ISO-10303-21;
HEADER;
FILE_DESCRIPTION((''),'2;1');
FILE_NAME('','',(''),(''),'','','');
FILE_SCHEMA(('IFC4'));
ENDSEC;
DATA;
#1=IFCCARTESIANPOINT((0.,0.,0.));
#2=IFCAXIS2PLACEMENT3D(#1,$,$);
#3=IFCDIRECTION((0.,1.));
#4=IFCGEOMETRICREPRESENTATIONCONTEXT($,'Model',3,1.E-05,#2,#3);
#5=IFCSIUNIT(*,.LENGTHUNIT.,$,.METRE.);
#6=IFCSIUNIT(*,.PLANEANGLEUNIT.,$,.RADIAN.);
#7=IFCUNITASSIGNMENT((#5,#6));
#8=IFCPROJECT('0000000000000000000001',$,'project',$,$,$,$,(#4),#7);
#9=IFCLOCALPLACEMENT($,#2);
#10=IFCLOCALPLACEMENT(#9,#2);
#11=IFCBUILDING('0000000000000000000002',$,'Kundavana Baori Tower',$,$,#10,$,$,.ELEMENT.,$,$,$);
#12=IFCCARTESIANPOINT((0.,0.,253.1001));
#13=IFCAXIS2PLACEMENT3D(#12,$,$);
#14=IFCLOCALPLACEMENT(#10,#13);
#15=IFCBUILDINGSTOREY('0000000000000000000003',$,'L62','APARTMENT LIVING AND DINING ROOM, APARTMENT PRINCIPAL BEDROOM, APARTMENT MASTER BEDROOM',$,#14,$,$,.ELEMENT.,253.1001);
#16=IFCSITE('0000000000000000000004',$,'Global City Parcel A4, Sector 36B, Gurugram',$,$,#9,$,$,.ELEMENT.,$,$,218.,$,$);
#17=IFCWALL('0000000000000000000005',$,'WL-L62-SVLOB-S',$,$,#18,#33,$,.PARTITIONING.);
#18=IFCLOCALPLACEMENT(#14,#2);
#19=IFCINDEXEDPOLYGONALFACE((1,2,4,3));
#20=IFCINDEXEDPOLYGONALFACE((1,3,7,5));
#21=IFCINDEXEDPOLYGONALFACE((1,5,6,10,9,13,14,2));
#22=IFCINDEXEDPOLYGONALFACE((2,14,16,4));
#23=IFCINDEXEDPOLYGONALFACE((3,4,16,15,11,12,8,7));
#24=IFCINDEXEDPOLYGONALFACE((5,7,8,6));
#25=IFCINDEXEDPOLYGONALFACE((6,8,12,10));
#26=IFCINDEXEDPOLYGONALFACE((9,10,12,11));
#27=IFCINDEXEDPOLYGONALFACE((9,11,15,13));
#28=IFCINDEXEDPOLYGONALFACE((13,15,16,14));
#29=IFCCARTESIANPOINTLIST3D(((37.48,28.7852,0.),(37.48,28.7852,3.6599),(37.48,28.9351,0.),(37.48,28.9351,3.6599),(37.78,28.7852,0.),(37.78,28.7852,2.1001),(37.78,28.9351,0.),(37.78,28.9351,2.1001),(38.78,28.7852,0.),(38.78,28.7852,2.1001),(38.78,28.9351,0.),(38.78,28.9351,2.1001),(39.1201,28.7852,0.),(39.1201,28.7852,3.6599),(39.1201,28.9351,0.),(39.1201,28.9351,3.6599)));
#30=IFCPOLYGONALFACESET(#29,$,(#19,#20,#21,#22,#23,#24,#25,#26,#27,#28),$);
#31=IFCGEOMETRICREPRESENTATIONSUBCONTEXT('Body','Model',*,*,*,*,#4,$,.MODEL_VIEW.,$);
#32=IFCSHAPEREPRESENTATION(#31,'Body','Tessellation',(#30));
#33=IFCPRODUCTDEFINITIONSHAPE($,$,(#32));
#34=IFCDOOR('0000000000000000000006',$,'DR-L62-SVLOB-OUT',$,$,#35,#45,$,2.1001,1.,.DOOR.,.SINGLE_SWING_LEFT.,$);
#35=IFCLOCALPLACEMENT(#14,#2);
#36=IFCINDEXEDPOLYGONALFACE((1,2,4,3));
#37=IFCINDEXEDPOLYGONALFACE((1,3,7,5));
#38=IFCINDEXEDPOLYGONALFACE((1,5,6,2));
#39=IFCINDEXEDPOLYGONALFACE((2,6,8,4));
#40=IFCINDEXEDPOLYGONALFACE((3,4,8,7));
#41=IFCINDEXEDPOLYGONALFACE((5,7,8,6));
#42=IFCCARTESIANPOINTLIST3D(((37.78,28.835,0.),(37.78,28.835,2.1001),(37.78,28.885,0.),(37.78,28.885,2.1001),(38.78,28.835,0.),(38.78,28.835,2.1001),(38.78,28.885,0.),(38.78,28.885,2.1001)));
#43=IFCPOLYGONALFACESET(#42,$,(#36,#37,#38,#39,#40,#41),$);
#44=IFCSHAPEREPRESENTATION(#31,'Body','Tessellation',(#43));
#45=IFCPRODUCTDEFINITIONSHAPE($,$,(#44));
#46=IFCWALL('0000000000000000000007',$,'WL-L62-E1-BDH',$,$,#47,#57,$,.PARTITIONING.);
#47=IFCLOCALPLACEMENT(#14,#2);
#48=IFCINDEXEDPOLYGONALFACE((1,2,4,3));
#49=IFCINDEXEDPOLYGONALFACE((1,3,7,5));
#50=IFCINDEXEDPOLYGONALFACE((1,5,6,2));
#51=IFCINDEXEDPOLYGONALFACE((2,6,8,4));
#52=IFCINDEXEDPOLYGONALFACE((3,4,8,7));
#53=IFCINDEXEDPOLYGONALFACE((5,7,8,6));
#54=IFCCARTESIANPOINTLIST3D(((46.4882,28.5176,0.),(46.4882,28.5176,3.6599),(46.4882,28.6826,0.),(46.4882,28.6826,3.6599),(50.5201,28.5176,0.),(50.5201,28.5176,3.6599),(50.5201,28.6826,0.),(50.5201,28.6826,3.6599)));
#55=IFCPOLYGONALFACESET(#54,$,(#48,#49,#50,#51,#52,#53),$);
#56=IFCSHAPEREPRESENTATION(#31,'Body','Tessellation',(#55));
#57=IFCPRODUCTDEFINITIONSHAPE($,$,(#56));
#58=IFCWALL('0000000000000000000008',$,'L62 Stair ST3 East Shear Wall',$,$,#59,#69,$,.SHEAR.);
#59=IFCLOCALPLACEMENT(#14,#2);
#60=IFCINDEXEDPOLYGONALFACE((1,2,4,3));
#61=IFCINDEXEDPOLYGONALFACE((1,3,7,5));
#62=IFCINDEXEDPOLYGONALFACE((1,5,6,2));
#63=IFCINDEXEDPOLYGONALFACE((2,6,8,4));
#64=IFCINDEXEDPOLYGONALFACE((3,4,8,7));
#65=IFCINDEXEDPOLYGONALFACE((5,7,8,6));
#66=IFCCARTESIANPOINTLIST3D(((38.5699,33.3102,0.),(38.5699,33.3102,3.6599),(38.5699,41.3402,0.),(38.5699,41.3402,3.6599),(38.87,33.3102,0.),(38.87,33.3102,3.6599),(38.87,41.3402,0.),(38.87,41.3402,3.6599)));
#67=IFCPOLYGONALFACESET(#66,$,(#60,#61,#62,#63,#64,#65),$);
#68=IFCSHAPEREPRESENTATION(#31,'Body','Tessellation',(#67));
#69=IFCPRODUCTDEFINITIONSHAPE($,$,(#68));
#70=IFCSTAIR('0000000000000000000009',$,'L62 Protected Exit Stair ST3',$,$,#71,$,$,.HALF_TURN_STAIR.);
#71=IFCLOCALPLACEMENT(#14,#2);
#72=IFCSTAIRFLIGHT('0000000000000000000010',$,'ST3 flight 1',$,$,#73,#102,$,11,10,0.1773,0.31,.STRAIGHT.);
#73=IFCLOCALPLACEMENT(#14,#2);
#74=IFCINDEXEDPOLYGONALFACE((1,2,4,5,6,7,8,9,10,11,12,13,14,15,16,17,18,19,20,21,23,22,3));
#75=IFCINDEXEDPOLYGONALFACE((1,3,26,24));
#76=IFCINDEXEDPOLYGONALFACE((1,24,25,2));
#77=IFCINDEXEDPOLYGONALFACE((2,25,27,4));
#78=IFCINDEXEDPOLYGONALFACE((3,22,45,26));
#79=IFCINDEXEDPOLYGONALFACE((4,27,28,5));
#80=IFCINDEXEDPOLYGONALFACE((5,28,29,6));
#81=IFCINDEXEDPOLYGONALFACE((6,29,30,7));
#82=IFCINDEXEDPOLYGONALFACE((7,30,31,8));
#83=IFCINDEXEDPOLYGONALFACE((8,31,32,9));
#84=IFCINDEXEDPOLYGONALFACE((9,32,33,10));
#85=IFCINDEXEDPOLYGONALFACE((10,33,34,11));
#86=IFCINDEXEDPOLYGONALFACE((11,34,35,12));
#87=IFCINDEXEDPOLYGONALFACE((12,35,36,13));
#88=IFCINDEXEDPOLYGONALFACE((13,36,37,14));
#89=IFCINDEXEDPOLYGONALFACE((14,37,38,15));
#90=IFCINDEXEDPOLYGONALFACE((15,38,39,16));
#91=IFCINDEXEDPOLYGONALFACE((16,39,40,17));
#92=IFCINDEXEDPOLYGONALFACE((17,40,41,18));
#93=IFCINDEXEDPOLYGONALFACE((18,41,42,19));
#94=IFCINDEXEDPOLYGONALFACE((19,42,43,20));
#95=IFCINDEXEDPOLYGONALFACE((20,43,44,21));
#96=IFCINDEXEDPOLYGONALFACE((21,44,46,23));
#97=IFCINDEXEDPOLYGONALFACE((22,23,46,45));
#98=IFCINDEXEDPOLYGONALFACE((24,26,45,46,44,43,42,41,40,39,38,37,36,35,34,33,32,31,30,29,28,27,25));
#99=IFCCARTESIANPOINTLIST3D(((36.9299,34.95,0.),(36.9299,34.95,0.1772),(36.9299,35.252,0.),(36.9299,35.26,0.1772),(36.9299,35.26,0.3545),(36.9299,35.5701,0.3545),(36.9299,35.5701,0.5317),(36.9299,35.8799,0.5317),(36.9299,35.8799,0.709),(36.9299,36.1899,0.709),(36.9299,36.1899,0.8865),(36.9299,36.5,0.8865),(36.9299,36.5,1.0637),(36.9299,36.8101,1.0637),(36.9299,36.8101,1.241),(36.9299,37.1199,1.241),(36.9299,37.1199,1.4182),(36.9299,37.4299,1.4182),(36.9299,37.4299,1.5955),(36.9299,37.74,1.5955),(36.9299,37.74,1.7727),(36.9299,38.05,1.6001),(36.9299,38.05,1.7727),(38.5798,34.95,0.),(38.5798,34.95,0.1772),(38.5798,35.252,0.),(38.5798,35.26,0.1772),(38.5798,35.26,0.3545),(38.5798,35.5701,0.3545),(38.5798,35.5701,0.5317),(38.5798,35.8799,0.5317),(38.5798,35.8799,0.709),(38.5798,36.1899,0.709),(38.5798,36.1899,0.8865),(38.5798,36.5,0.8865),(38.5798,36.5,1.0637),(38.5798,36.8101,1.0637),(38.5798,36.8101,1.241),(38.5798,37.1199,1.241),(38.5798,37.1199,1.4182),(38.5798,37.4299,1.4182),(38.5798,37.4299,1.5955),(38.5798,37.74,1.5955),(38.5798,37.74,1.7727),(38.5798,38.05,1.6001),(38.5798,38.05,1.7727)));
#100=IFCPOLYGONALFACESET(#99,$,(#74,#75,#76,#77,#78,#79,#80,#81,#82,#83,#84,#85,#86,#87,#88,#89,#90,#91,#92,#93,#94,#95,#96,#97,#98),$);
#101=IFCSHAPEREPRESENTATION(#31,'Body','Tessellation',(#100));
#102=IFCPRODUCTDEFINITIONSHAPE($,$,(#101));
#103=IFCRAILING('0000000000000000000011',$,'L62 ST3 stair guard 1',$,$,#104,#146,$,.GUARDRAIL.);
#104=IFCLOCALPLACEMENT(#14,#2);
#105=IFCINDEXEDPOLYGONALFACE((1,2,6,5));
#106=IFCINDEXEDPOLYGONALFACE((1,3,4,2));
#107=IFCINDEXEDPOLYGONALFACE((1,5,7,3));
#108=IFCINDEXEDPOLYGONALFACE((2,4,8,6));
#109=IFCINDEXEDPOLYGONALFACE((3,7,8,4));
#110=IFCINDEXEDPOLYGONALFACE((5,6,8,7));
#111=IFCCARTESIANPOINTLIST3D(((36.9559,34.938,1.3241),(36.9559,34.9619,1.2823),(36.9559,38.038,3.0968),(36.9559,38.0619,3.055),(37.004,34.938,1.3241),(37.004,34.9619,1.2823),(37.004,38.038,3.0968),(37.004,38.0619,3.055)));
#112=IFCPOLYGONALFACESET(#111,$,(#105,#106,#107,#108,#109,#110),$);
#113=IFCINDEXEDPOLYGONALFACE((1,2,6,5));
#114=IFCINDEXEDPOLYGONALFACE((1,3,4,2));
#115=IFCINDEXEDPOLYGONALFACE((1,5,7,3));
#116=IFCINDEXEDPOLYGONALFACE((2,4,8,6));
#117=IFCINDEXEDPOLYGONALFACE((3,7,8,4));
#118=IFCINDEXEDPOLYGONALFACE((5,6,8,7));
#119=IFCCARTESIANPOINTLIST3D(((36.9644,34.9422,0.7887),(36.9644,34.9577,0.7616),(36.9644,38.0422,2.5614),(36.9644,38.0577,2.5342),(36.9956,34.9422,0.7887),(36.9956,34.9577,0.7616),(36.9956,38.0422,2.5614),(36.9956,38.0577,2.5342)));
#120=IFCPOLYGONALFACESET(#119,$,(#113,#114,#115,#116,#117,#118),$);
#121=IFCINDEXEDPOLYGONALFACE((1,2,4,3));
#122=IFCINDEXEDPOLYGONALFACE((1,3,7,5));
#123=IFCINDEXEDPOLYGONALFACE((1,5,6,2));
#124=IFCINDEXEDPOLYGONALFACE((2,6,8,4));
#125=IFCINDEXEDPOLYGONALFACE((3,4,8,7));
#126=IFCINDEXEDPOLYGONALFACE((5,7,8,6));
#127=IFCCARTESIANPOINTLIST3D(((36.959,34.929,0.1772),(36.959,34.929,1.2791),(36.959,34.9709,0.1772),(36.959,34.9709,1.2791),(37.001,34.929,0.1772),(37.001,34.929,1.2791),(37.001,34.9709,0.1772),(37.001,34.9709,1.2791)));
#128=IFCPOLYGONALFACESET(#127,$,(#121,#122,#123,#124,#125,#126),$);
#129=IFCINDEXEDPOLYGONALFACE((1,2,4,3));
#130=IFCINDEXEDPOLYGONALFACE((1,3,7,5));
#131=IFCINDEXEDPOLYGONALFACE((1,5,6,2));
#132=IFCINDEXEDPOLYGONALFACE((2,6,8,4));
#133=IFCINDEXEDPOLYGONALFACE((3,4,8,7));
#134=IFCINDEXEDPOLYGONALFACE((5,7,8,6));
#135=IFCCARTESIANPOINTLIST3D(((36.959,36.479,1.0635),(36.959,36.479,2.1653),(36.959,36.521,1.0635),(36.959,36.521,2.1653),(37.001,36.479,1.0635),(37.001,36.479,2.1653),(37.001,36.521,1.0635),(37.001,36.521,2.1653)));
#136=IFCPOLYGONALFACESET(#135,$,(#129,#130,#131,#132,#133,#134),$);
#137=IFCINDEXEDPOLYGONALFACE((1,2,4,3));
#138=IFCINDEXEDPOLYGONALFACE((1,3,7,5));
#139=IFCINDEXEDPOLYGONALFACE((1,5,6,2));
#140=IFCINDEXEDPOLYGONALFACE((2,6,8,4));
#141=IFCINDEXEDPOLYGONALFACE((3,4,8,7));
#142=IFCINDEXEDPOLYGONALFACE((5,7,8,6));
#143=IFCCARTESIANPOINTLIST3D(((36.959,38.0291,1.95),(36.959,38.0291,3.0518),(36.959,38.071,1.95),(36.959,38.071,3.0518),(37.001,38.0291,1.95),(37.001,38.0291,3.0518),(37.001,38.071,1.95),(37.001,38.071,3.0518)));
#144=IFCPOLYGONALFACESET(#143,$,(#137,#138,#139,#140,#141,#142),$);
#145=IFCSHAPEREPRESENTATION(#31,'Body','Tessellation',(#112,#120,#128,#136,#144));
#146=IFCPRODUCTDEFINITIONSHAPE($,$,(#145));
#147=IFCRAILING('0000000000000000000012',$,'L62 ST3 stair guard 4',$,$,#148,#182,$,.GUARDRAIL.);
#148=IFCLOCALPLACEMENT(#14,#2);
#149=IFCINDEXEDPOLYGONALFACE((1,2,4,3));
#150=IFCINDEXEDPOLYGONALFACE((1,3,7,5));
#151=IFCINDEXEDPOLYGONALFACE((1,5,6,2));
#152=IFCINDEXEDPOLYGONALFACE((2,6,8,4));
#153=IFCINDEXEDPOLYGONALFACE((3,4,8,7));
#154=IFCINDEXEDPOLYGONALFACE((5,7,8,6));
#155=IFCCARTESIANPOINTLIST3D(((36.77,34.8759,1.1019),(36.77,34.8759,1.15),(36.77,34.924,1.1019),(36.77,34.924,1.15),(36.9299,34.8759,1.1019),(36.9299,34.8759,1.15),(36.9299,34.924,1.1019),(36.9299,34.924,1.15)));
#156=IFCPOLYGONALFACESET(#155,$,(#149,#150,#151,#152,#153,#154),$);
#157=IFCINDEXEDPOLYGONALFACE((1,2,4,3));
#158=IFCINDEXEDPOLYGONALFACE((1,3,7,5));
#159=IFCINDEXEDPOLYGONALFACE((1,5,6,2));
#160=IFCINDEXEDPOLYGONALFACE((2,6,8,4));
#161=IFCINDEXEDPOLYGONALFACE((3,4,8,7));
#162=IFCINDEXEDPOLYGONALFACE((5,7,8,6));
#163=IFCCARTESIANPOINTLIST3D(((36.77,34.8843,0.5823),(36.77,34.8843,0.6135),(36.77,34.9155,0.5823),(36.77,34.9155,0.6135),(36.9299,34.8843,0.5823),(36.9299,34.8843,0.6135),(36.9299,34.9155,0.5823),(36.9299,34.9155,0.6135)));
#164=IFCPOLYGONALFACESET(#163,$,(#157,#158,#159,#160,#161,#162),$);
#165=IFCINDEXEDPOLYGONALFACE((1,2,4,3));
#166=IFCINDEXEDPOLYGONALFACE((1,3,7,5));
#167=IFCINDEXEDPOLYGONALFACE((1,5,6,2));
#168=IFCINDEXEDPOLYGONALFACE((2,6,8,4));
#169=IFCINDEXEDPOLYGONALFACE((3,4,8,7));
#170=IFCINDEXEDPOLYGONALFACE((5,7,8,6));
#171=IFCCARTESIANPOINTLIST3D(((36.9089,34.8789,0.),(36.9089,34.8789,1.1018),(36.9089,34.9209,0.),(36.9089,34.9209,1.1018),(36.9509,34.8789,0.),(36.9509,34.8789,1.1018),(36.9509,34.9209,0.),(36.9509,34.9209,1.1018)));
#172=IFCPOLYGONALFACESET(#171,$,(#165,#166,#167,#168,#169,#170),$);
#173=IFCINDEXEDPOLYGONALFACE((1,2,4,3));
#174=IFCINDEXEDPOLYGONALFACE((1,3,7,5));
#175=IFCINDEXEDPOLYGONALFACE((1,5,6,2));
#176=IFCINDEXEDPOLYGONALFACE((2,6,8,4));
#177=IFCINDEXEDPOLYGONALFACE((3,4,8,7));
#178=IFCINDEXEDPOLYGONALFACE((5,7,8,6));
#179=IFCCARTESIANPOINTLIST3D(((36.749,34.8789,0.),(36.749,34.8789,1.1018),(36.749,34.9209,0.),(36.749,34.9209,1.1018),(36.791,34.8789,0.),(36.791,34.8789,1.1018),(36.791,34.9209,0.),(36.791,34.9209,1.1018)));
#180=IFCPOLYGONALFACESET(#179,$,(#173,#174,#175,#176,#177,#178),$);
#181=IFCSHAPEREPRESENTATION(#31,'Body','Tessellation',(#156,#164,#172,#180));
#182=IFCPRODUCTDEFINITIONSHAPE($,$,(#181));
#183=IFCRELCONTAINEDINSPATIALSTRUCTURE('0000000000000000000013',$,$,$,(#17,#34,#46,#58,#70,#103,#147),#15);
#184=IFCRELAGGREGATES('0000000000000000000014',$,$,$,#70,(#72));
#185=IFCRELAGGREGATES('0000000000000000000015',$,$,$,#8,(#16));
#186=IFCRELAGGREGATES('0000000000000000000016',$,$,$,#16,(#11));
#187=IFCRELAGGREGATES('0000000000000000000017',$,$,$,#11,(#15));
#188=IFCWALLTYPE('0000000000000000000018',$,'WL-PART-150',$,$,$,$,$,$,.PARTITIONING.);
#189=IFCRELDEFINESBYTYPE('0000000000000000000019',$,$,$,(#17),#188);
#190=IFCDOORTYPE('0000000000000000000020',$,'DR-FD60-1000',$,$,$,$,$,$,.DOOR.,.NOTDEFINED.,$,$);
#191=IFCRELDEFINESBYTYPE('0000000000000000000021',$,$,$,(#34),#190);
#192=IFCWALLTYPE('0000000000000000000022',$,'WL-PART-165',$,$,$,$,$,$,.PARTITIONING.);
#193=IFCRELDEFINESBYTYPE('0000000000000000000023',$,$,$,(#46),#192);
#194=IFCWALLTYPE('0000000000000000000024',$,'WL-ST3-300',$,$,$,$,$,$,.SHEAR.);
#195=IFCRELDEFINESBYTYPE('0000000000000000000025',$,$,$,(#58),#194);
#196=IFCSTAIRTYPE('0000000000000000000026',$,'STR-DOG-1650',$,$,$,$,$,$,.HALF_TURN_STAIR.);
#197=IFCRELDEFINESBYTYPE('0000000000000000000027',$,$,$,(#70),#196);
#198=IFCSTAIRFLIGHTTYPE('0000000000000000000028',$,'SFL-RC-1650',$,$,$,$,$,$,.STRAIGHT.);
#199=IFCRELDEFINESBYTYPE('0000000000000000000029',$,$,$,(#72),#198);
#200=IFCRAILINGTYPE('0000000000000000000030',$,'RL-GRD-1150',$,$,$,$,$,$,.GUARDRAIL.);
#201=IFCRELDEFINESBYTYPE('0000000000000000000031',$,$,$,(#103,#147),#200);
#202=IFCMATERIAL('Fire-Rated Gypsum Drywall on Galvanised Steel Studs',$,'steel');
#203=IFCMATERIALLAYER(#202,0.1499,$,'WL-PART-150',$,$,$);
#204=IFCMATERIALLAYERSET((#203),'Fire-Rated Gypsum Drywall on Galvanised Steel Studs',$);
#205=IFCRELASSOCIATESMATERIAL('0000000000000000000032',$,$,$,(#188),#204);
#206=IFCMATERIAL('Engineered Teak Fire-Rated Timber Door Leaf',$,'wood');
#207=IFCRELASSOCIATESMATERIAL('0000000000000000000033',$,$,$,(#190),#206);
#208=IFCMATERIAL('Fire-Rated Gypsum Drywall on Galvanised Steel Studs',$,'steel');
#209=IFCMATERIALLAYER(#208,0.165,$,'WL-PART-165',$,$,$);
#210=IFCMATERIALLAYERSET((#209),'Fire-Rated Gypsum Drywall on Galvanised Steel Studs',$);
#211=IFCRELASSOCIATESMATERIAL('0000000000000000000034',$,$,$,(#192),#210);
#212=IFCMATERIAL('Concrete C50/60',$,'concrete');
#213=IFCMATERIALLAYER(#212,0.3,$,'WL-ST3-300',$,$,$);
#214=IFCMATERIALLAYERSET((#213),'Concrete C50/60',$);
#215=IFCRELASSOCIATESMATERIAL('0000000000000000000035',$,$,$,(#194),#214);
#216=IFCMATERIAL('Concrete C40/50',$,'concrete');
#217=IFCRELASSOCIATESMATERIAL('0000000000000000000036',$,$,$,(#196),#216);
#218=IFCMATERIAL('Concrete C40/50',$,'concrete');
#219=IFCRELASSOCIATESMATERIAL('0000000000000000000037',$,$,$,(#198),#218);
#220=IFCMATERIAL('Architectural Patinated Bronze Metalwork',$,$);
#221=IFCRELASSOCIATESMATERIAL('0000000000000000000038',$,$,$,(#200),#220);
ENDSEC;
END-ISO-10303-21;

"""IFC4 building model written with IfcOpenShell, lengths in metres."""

from ifc_helpers import new_model, si_unit, direction, frame, frame_2d, origin, origin_2d, place, context, subcontext, project, spatial, polyline, rectangle, outline, extrude, material, layer, layer_set, type_object, element, fill, aggregate, save


model = new_model("IFC4")

# Units and contexts
model_context = context("Model", 3, precision=1e-05, world=origin(), true_north=direction((0.0, 1.0)))
body_context = subcontext(model_context, "Body", "Model", "MODEL_VIEW")
ifc_project = project(units=[si_unit("LENGTHUNIT", "METRE"), si_unit("PLANEANGLEUNIT", "RADIAN")], contexts=[model_context])

# Site, building, storey
site_placement = place(None, origin())
site = spatial("IfcSite", under=ifc_project, at=site_placement, Name="Global City Parcel A4, Sector 36B, Gurugram", CompositionType="ELEMENT", RefElevation=218.0)
building_placement = place(site_placement, origin())
building = spatial("IfcBuilding", under=site, at=building_placement, Name="Kundavana Baori Tower", CompositionType="ELEMENT")
storey_placement = place(building_placement, frame((0.0, 0.0, 253.1001)))
storey = spatial("IfcBuildingStorey", under=building, at=storey_placement, Name="L62", Description="APARTMENT LIVING AND DINING ROOM, APARTMENT PRINCIPAL BEDROOM, APARTMENT MASTER BEDROOM", CompositionType="ELEMENT", Elevation=253.1001)

# Shared definitions
ifc_material_1 = material(Name="Fire-Rated Gypsum Drywall on Galvanised Steel Studs", Category="steel")
ifc_layer_1 = layer(ifc_material_1, 0.1499, Name="WL-PART-150")
ifc_layer_set_1 = layer_set([ifc_layer_1], Name="Fire-Rated Gypsum Drywall on Galvanised Steel Studs")
wall_type_1 = type_object("IfcWallType", Name="WL-PART-150", PredefinedType="PARTITIONING", material=ifc_layer_set_1)

# Wall, opening, door
wall_1_placement = place(storey_placement, frame((37.48, 28.8601, 0.0), z_axis=(0.0, 0.0, 1.0), x_axis=(1.0, 0.0, 0.0)))
wall_1 = element("IfcWall", 1, at=wall_1_placement, inside=storey, type_object=wall_type_1, Name="WL-L62-SVLOB-S", PredefinedType="PARTITIONING", context=body_context, shape_type="SweptSolid", body=[
    extrude(rectangle(XDim=1.6401, YDim=0.1499, at=frame_2d((0.8201, 0.0))), origin(), (0.0, 0.0, 1.0), 3.6599),
])
opening_1_placement = place(wall_1_placement, frame((0.3, 0.0, 0.0)))
opening_1 = element("IfcOpeningElement", 2, at=opening_1_placement, cuts=wall_1, PredefinedType="OPENING", context=body_context, shape_type="SweptSolid", body=[
    extrude(rectangle(XDim=1.0, YDim=2.1001, at=frame_2d((0.5, 1.05))), frame((0.0, 0.085, 0.0), z_axis=(0.0, -1.0, 0.0), x_axis=(1.0, 0.0, 0.0)), (0.0, 0.0, 1.0), 0.1699),
])
ifc_material_2 = material(Name="Engineered Teak Fire-Rated Timber Door Leaf", Category="wood")
door_type_1 = type_object("IfcDoorType", Name="DR-FD60-1000", OperationType="NOTDEFINED", PredefinedType="DOOR", material=ifc_material_2)
door_1_placement = place(opening_1_placement, origin())
door_1 = element("IfcDoor", 3, at=door_1_placement, inside=storey, type_object=door_type_1, Name="DR-L62-SVLOB-OUT", OperationType="SINGLE_SWING_LEFT", OverallHeight=2.1001, OverallWidth=1.0, PredefinedType="DOOR", context=body_context, shape_type="SweptSolid", body=[
    extrude(rectangle(XDim=1.0, YDim=2.1001, at=frame_2d((0.5, 1.05))), frame((0.0, 0.0249, 0.0), z_axis=(0.0, -1.0, 0.0), x_axis=(1.0, 0.0, 0.0)), (0.0, 0.0, 1.0), 0.05),
])
fill(opening_1, door_1)

# Wall
ifc_material_3 = material(Name="Fire-Rated Gypsum Drywall on Galvanised Steel Studs", Category="steel")
ifc_layer_2 = layer(ifc_material_3, 0.165, Name="WL-PART-165")
ifc_layer_set_2 = layer_set([ifc_layer_2], Name="Fire-Rated Gypsum Drywall on Galvanised Steel Studs")
wall_type_2 = type_object("IfcWallType", Name="WL-PART-165", PredefinedType="PARTITIONING", material=ifc_layer_set_2)
wall_2_placement = place(storey_placement, frame((46.488, 28.6001, 0.0), z_axis=(0.0, 0.0, 1.0), x_axis=(1.0, 0.0, 0.0)))
element("IfcWall", 4, at=wall_2_placement, inside=storey, type_object=wall_type_2, Name="WL-L62-E1-BDH", PredefinedType="PARTITIONING", context=body_context, shape_type="SweptSolid", body=[
    extrude(rectangle(XDim=4.032, YDim=0.165, at=frame_2d((2.0161, 0.0))), origin(), (0.0, 0.0, 1.0), 3.6599),
])

# Wall
ifc_material_4 = material(Name="Concrete C50/60", Category="concrete")
ifc_layer_3 = layer(ifc_material_4, 0.3, Name="WL-ST3-300")
ifc_layer_set_3 = layer_set([ifc_layer_3], Name="Concrete C50/60")
wall_type_3 = type_object("IfcWallType", Name="WL-ST3-300", PredefinedType="SHEAR", material=ifc_layer_set_3)
wall_3_placement = place(storey_placement, frame((38.72, 33.3101, 0.0), z_axis=(0.0, 0.0, 1.0), x_axis=(0.0, 1.0, 0.0)))
element("IfcWall", 5, at=wall_3_placement, inside=storey, type_object=wall_type_3, Name="L62 Stair ST3 East Shear Wall", PredefinedType="SHEAR", context=body_context, shape_type="SweptSolid", body=[
    extrude(rectangle(XDim=8.03, YDim=0.3, at=frame_2d((4.0151, 0.0))), origin(), (0.0, 0.0, 1.0), 3.6599),
])

# Stair, stair flight
ifc_material_5 = material(Name="Concrete C40/50", Category="concrete")
stair_type = type_object("IfcStairType", Name="STR-DOG-1650", PredefinedType="HALF_TURN_STAIR", material=ifc_material_5)
stair_placement = place(storey_placement, origin())
stair = element("IfcStair", 6, at=stair_placement, inside=storey, type_object=stair_type, Name="L62 Protected Exit Stair ST3", PredefinedType="HALF_TURN_STAIR")
ifc_material_6 = material(Name="Concrete C40/50", Category="concrete")
stair_flight_type = type_object("IfcStairFlightType", Name="SFL-RC-1650", PredefinedType="STRAIGHT", material=ifc_material_6)
stair_flight_placement = place(storey_placement, frame((37.7549, 34.95, 0.0), z_axis=(0.0, 0.0, 1.0), x_axis=(0.0, 1.0, 0.0)))
stair_flight = element("IfcStairFlight", 7, at=stair_flight_placement, type_object=stair_flight_type, Name="ST3 flight 1", NumberOfRisers=11, NumberOfTreads=10, PredefinedType="STRAIGHT", RiserHeight=0.1773, TreadLength=0.31, context=body_context, shape_type="SweptSolid", body=[
    extrude(outline(polyline([(0.0, 0.0), (0.0, 0.1772), (0.3101, 0.1772), (0.3101, 0.3545), (0.6201, 0.3545), (0.6201, 0.5317), (0.9299, 0.5317), (0.9299, 0.709), (1.24, 0.709), (1.24, 0.8865), (1.55, 0.8865), (1.55, 1.0637), (1.8601, 1.0637), (1.8601, 1.241), (2.1699, 1.241), (2.1699, 1.4182), (2.48, 1.4182), (2.48, 1.5955), (2.79, 1.5955), (2.79, 1.7727), (3.1001, 1.7727), (3.1001, 1.95), (3.1001, 1.6001), (0.302, 0.0), (0.0, 0.0)])), frame((0.0, 0.825, 0.0), z_axis=(0.0, -1.0, 0.0), x_axis=(1.0, 0.0, 0.0)), (0.0, 0.0, 1.0), 1.6499),
])
aggregate(stair, [stair_flight])

# Railings
ifc_material_7 = material(Name="Architectural Patinated Bronze Metalwork")
railing_type_1 = type_object("IfcRailingType", Name="RL-GRD-1150", PredefinedType="GUARDRAIL", material=ifc_material_7)
railing_1_placement = place(storey_placement, frame((36.98, 34.95, 0.1772)))
element("IfcRailing", 8, at=railing_1_placement, inside=storey, type_object=railing_type_1, Name="L62 ST3 stair guard 1", PredefinedType="GUARDRAIL", context=body_context, shape_type="SweptSolid", body=[
    extrude(rectangle(XDim=0.0481, YDim=0.0481, at=origin_2d()), frame((0.0, 0.0, 1.126), z_axis=(0.0, 0.868096, 0.496397), x_axis=(-1.0, 0.0, 0.0)), (0.0, 0.0, 1.0), 3.571),
    extrude(rectangle(XDim=0.0312, YDim=0.0312, at=origin_2d()), frame((0.0, 0.0, 0.5979), z_axis=(0.0, 0.868096, 0.496397), x_axis=(-1.0, 0.0, 0.0)), (0.0, 0.0, 1.0), 3.571),
    extrude(rectangle(XDim=0.042, YDim=0.042, at=origin_2d()), origin(), (0.0, 0.0, 1.0), 1.1018),
    extrude(rectangle(XDim=0.042, YDim=0.042, at=origin_2d()), frame((0.0, 1.55, 0.8862)), (0.0, 0.0, 1.0), 1.1018),
    extrude(rectangle(XDim=0.042, YDim=0.042, at=origin_2d()), frame((0.0, 3.1001, 1.7727)), (0.0, 0.0, 1.0), 1.1018),
])
railing_2_placement = place(storey_placement, frame((36.9299, 34.8999, 0.0)))
element("IfcRailing", 9, at=railing_2_placement, inside=storey, type_object=railing_type_1, Name="L62 ST3 stair guard 4", PredefinedType="GUARDRAIL", context=body_context, shape_type="SweptSolid", body=[
    extrude(rectangle(XDim=0.0481, YDim=0.0481, at=origin_2d()), frame((0.0, 0.0, 1.126), z_axis=(-1.0, 0.0, 0.0), x_axis=(0.0, -1.0, 0.0)), (0.0, 0.0, 1.0), 0.1599),
    extrude(rectangle(XDim=0.0312, YDim=0.0312, at=origin_2d()), frame((0.0, 0.0, 0.5979), z_axis=(-1.0, 0.0, 0.0), x_axis=(0.0, -1.0, 0.0)), (0.0, 0.0, 1.0), 0.1599),
    extrude(rectangle(XDim=0.042, YDim=0.042, at=origin_2d()), origin(), (0.0, 0.0, 1.0), 1.1018),
    extrude(rectangle(XDim=0.042, YDim=0.042, at=origin_2d()), frame((-0.1599, 0.0, 0.0)), (0.0, 0.0, 1.0), 1.1018),
])

save(model, "model.ifc")
